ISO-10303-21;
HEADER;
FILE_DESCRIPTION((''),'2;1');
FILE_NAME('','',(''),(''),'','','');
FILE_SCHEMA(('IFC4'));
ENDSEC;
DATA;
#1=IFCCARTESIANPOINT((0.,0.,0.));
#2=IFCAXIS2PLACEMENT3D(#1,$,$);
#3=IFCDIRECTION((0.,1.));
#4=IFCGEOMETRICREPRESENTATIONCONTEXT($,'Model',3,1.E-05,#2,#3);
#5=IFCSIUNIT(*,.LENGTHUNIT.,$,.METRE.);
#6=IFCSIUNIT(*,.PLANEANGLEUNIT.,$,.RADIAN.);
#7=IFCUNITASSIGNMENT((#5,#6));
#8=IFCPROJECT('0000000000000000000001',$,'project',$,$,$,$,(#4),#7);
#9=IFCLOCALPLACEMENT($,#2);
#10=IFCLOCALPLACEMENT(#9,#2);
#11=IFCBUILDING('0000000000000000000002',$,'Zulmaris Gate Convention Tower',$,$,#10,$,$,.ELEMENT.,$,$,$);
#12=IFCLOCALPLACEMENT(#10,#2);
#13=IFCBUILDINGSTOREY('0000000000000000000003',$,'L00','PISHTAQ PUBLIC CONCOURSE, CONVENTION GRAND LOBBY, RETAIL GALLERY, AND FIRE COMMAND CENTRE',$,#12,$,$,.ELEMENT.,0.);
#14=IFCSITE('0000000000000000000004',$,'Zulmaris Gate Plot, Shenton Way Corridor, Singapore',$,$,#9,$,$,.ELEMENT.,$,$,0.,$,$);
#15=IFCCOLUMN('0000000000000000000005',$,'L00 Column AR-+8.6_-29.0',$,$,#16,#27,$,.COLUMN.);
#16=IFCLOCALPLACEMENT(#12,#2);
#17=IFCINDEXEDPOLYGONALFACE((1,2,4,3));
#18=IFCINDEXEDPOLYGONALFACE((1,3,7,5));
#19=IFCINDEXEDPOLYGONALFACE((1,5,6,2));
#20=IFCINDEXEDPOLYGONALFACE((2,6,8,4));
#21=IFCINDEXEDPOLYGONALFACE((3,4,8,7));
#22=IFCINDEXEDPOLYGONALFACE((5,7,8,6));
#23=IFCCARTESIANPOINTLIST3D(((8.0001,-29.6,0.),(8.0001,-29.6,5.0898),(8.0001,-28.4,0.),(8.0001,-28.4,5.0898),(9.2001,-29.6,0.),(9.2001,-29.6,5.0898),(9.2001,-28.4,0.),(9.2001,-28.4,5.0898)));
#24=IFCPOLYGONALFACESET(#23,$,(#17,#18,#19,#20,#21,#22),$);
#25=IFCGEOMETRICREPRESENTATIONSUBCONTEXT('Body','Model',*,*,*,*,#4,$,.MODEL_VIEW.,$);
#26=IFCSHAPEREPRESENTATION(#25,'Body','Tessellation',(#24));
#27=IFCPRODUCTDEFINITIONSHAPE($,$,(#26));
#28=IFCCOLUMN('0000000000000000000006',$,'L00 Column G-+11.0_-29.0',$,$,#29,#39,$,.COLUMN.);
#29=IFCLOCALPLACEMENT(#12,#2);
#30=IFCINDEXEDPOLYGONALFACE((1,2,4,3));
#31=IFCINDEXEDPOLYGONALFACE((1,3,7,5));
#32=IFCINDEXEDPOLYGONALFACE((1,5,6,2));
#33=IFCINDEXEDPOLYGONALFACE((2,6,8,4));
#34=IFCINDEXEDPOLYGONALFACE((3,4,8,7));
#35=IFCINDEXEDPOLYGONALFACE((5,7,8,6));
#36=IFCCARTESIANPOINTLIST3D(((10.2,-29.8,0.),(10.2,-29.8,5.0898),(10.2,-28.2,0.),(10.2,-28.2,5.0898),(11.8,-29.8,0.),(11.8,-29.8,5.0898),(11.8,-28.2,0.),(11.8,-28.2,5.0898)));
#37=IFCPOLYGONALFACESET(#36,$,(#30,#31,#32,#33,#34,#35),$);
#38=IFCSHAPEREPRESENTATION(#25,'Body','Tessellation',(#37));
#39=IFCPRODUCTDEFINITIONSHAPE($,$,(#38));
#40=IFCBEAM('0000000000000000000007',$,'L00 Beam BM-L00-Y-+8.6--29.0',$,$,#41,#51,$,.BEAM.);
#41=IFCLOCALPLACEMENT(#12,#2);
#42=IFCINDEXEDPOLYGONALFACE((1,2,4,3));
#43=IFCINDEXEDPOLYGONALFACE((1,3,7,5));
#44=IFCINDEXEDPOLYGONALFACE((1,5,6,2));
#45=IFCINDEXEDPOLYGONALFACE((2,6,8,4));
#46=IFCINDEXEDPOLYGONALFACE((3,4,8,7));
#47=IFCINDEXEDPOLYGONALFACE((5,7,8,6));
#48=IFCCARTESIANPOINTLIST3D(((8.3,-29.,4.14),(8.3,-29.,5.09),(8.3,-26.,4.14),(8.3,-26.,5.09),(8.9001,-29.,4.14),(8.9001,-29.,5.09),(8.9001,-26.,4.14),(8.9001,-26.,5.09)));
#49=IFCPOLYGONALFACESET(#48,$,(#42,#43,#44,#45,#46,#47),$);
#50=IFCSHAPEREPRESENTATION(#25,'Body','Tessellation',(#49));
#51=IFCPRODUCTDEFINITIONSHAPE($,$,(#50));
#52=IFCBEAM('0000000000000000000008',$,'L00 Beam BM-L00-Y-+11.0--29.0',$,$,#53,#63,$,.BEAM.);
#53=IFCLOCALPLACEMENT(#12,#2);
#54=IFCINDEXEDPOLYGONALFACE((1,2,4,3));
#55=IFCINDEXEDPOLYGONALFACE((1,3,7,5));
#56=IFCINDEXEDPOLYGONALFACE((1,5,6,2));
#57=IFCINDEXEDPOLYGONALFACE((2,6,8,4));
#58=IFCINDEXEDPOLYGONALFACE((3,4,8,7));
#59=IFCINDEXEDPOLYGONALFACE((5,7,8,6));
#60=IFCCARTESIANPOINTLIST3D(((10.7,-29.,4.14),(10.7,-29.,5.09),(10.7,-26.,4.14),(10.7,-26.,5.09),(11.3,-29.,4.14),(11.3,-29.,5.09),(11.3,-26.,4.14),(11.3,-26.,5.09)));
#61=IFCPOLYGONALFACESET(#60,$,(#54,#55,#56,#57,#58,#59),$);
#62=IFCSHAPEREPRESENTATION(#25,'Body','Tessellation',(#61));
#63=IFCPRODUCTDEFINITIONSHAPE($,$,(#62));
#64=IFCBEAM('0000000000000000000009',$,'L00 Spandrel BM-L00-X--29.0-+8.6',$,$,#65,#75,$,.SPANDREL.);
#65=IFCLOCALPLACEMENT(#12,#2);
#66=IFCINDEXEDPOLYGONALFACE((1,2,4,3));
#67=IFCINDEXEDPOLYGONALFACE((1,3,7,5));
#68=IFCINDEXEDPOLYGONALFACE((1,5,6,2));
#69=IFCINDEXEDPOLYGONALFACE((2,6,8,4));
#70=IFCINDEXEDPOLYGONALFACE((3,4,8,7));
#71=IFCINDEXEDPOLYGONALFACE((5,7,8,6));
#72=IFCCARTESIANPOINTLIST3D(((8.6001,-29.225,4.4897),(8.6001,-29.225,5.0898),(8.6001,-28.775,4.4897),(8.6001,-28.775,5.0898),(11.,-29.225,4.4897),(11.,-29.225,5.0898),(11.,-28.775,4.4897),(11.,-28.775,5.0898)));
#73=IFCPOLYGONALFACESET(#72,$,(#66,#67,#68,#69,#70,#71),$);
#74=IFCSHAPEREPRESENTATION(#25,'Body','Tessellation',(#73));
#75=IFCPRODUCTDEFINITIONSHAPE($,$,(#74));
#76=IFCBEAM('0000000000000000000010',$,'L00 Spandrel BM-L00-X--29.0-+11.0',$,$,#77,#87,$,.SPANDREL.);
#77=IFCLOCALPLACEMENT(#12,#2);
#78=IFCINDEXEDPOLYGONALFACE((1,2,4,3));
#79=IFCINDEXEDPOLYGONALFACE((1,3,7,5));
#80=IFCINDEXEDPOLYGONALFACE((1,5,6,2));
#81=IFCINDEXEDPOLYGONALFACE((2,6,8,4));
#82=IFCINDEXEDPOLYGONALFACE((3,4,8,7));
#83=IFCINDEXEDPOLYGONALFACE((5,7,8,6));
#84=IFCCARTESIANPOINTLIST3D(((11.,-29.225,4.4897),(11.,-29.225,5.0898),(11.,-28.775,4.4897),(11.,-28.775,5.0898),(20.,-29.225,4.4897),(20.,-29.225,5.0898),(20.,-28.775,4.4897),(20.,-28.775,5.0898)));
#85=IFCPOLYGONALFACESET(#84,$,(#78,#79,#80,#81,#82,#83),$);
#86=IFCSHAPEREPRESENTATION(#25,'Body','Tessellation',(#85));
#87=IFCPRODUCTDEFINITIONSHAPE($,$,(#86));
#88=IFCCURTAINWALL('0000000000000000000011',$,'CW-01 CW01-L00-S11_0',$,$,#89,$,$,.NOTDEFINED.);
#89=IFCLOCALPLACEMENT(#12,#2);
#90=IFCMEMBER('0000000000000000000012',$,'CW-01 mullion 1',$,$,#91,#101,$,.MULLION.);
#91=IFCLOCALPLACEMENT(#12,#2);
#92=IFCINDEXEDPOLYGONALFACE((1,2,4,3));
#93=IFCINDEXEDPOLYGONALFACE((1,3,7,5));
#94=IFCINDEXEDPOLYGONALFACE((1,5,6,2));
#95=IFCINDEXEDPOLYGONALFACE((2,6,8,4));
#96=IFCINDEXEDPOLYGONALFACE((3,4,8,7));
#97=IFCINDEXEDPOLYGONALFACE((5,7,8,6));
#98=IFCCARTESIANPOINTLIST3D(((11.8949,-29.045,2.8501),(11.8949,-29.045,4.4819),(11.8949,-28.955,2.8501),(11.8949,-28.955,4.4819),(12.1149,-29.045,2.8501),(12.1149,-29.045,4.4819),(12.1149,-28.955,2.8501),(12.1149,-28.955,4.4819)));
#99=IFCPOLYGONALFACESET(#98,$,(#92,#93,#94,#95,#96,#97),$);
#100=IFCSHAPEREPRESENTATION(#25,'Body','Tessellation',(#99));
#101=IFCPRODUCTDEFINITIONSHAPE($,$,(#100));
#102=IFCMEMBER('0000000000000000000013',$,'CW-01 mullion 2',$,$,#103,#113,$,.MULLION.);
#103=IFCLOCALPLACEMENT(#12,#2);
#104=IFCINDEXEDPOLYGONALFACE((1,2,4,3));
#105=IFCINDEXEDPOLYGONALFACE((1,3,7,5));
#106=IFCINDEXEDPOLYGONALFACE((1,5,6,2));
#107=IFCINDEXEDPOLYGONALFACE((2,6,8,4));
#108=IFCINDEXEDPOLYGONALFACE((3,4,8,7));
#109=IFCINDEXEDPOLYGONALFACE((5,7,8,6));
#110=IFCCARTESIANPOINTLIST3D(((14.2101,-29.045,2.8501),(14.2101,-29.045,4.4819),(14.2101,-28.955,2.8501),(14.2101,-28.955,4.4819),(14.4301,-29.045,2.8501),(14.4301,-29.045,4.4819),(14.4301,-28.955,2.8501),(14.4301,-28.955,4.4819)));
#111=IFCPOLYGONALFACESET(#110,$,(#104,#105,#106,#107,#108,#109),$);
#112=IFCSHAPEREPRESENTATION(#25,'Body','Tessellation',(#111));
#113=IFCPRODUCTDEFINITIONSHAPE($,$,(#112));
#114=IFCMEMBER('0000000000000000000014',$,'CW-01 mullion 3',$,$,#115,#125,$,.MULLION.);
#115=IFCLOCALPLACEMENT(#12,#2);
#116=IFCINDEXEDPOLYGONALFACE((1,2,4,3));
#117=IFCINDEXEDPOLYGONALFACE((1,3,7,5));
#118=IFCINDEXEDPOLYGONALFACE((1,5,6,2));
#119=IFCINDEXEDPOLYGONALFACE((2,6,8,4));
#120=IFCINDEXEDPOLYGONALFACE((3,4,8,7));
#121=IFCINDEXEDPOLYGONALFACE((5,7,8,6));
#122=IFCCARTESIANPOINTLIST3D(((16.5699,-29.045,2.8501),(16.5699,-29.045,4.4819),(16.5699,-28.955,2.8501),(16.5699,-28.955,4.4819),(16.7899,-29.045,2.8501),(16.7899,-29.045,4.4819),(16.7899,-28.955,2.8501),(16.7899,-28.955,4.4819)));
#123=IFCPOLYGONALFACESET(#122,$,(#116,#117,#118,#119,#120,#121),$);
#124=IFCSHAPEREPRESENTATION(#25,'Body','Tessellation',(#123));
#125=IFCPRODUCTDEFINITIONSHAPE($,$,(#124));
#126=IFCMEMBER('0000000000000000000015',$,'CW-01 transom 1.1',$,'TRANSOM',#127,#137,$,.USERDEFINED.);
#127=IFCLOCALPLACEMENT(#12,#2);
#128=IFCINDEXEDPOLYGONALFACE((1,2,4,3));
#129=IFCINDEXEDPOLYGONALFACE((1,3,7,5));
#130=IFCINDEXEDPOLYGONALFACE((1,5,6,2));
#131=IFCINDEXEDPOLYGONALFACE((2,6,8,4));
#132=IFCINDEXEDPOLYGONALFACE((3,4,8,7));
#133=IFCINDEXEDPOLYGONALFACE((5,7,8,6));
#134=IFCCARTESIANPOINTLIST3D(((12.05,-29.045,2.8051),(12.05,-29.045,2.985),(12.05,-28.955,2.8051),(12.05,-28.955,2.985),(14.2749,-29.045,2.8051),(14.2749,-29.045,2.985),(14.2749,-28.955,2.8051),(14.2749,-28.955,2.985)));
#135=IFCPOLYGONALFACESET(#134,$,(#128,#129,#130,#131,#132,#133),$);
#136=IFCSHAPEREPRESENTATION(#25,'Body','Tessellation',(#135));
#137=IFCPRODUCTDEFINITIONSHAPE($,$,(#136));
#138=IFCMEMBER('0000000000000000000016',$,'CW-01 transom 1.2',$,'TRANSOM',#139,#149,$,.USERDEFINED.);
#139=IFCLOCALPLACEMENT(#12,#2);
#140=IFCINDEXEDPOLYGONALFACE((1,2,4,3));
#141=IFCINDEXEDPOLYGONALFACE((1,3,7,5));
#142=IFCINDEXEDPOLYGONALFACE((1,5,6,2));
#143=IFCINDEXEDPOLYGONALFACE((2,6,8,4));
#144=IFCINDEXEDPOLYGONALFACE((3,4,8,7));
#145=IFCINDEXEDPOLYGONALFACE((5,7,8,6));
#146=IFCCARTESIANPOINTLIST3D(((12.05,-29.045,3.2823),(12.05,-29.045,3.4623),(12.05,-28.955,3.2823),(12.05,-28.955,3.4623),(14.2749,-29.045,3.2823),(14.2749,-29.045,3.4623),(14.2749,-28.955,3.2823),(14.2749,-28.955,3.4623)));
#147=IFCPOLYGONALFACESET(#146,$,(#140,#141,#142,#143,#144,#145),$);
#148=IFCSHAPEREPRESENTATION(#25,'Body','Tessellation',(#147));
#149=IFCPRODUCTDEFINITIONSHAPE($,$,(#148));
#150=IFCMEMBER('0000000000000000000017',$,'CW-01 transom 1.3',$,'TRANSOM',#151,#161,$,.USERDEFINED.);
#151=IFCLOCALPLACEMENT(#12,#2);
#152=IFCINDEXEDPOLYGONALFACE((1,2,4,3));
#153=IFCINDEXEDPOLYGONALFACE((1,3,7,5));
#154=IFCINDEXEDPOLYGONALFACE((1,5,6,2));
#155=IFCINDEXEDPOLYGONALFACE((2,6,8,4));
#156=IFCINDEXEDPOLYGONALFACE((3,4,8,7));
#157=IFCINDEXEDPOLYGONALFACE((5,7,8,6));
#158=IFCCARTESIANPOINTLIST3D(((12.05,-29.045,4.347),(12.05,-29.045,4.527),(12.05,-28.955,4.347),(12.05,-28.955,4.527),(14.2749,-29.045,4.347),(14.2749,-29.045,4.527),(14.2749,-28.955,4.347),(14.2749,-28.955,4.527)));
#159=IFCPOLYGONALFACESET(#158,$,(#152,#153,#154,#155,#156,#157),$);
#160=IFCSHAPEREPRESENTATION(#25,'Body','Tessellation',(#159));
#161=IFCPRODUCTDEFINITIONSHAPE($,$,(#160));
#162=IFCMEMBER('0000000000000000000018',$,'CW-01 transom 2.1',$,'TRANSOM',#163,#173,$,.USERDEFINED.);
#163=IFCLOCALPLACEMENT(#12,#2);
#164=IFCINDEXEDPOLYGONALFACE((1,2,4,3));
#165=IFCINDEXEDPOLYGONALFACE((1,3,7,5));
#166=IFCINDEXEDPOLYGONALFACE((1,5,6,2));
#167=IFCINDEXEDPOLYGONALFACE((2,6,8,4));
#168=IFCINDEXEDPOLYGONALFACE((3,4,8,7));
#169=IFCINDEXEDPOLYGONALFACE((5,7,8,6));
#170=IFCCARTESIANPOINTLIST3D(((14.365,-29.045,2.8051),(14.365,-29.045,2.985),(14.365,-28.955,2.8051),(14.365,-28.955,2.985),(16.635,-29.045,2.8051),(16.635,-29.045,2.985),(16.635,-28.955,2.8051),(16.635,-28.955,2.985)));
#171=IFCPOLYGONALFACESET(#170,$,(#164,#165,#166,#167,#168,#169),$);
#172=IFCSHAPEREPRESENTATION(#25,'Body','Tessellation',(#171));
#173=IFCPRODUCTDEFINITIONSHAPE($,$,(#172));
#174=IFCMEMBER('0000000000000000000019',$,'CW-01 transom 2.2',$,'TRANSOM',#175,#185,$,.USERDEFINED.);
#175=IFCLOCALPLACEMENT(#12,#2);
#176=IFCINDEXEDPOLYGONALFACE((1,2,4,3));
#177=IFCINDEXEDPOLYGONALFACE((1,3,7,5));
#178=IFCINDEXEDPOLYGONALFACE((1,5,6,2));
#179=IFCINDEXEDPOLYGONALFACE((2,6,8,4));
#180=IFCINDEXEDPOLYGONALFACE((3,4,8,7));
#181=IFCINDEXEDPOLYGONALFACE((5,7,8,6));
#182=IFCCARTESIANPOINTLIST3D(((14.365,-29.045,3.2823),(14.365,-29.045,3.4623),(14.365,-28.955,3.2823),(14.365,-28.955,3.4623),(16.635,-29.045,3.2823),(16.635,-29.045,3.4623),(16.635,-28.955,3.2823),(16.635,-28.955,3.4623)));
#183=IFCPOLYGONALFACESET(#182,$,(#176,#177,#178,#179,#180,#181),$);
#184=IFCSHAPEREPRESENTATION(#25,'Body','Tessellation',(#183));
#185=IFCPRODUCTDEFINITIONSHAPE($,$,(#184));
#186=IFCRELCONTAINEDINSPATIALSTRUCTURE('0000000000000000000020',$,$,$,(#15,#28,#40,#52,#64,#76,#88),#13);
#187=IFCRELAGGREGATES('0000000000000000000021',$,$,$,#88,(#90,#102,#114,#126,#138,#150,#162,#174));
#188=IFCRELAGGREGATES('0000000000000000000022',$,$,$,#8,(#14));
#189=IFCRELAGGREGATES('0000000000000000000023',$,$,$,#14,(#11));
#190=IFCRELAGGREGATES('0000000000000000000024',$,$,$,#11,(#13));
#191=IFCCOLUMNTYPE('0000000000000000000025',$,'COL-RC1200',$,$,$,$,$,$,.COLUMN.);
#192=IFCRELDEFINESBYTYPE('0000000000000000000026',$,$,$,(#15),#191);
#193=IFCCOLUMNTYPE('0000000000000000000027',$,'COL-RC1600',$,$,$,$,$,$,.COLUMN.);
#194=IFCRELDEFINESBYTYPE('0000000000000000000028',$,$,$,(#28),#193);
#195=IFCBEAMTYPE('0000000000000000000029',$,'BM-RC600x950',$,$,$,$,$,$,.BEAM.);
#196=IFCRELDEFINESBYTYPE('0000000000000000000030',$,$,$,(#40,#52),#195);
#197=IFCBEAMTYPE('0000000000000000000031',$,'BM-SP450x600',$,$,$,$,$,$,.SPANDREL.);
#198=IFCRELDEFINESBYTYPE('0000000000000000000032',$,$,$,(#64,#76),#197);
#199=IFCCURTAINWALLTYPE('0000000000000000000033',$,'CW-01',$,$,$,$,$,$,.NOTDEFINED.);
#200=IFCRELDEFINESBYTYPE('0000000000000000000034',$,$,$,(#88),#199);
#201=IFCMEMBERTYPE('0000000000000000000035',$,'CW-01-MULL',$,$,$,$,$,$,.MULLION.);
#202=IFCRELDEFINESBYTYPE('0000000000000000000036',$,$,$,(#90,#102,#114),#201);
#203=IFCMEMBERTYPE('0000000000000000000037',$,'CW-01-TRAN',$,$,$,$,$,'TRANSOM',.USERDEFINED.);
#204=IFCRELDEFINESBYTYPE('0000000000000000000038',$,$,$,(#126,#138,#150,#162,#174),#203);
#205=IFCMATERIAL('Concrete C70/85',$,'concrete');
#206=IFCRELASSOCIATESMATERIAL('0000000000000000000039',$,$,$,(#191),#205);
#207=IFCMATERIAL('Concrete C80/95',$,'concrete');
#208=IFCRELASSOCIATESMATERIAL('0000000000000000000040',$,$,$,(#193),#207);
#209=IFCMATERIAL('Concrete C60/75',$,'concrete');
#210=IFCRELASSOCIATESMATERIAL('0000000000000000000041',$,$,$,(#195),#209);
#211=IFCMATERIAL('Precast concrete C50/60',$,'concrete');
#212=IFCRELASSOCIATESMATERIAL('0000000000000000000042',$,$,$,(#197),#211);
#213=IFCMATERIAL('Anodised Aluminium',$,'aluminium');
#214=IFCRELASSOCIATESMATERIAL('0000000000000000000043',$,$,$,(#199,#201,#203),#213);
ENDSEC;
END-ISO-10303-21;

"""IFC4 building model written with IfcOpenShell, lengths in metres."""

from ifc_helpers import new_model, si_unit, direction, frame, origin, origin_2d, place, context, subcontext, project, spatial, rectangle, extrude, material, material_profile, profile_set, type_object, element, aggregate, save


model = new_model("IFC4")

# Units and contexts
model_context = context("Model", 3, precision=1e-05, world=origin(), true_north=direction((0.0, 1.0)))
body_context = subcontext(model_context, "Body", "Model", "MODEL_VIEW")
ifc_project = project(units=[si_unit("LENGTHUNIT", "METRE"), si_unit("PLANEANGLEUNIT", "RADIAN")], contexts=[model_context])

# Site, building, storey
site_placement = place(None, origin())
site = spatial("IfcSite", under=ifc_project, at=site_placement, Name="Zulmaris Gate Plot, Shenton Way Corridor, Singapore", CompositionType="ELEMENT", RefElevation=0.0)
building_placement = place(site_placement, origin())
building = spatial("IfcBuilding", under=site, at=building_placement, Name="Zulmaris Gate Convention Tower", CompositionType="ELEMENT")
storey_placement = place(building_placement, origin())
storey = spatial("IfcBuildingStorey", under=building, at=storey_placement, Name="L00", Description="PISHTAQ PUBLIC CONCOURSE, CONVENTION GRAND LOBBY, RETAIL GALLERY, AND FIRE COMMAND CENTRE", CompositionType="ELEMENT", Elevation=0.0)

# Columns
ifc_material_1 = material(Name="Concrete C70/85", Category="concrete")
ifc_material_profile_1 = material_profile(ifc_material_1, rectangle(XDim=1.2, YDim=1.2, at=origin_2d()), Name="RC COL 1200x1200")
ifc_profile_set_1 = profile_set([ifc_material_profile_1], Name="Concrete C70/85")
column_type_1 = type_object("IfcColumnType", Name="COL-RC1200", PredefinedType="COLUMN", material=ifc_profile_set_1)
column_1_placement = place(storey_placement, frame((8.6001, -29.0, 0.0), z_axis=(0.0, 0.0, 1.0), x_axis=(1.0, 0.0, 0.0)))
element("IfcColumn", 1, at=column_1_placement, inside=storey, type_object=column_type_1, Name="L00 Column AR-+8.6_-29.0", PredefinedType="COLUMN", context=body_context, shape_type="SweptSolid", body=[
    extrude(rectangle(XDim=1.2, YDim=1.2, at=origin_2d()), origin(), (0.0, 0.0, 1.0), 5.0898),
])
ifc_material_2 = material(Name="Concrete C80/95", Category="concrete")
ifc_material_profile_2 = material_profile(ifc_material_2, rectangle(XDim=1.6001, YDim=1.6001, at=origin_2d()), Name="RC COL 1600x1600")
ifc_profile_set_2 = profile_set([ifc_material_profile_2], Name="Concrete C80/95")
column_type_2 = type_object("IfcColumnType", Name="COL-RC1600", PredefinedType="COLUMN", material=ifc_profile_set_2)
column_2_placement = place(storey_placement, frame((11.0, -29.0, 0.0), z_axis=(0.0, 0.0, 1.0), x_axis=(1.0, 0.0, 0.0)))
element("IfcColumn", 2, at=column_2_placement, inside=storey, type_object=column_type_2, Name="L00 Column G-+11.0_-29.0", PredefinedType="COLUMN", context=body_context, shape_type="SweptSolid", body=[
    extrude(rectangle(XDim=1.6001, YDim=1.6001, at=origin_2d()), origin(), (0.0, 0.0, 1.0), 5.0898),
])

# Beams
ifc_material_3 = material(Name="Concrete C60/75", Category="concrete")
ifc_material_profile_3 = material_profile(ifc_material_3, rectangle(XDim=0.6001, YDim=0.95, at=origin_2d()), Name="RC BEAM 600x950")
ifc_profile_set_3 = profile_set([ifc_material_profile_3], Name="Concrete C60/75")
beam_type_1 = type_object("IfcBeamType", Name="BM-RC600x950", PredefinedType="BEAM", material=ifc_profile_set_3)
for number, where, z_axis, x_axis, name in (
    (3, (8.6001, -29.0, 4.615), (0.0, 1.0, 0.0), (-1.0, 0.0, 0.0), "L00 Beam BM-L00-Y-+8.6--29.0"),
    (4, (11.0, -29.0, 4.615), (0.0, 1.0, 0.0), (-1.0, 0.0, 0.0), "L00 Beam BM-L00-Y-+11.0--29.0"),
):
    element("IfcBeam", number, at=place(storey_placement, frame(where, z_axis=z_axis, x_axis=x_axis)), inside=storey, type_object=beam_type_1, Name=name, PredefinedType="BEAM", context=body_context, shape_type="SweptSolid", body=[
        extrude(rectangle(XDim=0.6001, YDim=0.95, at=origin_2d()), origin(), (0.0, 0.0, 1.0), 3.0),
    ])
ifc_material_4 = material(Name="Precast concrete C50/60", Category="concrete")
ifc_material_profile_4 = material_profile(ifc_material_4, rectangle(XDim=0.45, YDim=0.6001, at=origin_2d()), Name="RC SPANDREL 450x600")
ifc_profile_set_4 = profile_set([ifc_material_profile_4], Name="Precast concrete C50/60")
beam_type_2 = type_object("IfcBeamType", Name="BM-SP450x600", PredefinedType="SPANDREL", material=ifc_profile_set_4)
beam_1_placement = place(storey_placement, frame((8.6001, -29.0, 4.7898), z_axis=(1.0, 0.0, 0.0), x_axis=(0.0, 1.0, 0.0)))
element("IfcBeam", 5, at=beam_1_placement, inside=storey, type_object=beam_type_2, Name="L00 Spandrel BM-L00-X--29.0-+8.6", PredefinedType="SPANDREL", context=body_context, shape_type="SweptSolid", body=[
    extrude(rectangle(XDim=0.45, YDim=0.6001, at=origin_2d()), origin(), (0.0, 0.0, 1.0), 2.3999),
])
beam_2_placement = place(storey_placement, frame((11.0, -29.0, 4.7898), z_axis=(1.0, 0.0, 0.0), x_axis=(0.0, 1.0, 0.0)))
element("IfcBeam", 6, at=beam_2_placement, inside=storey, type_object=beam_type_2, Name="L00 Spandrel BM-L00-X--29.0-+11.0", PredefinedType="SPANDREL", context=body_context, shape_type="SweptSolid", body=[
    extrude(rectangle(XDim=0.45, YDim=0.6001, at=origin_2d()), origin(), (0.0, 0.0, 1.0), 9.0),
])

# Curtain wall, members
ifc_material_5 = material(Name="Anodised Aluminium", Category="aluminium")
curtain_wall_type = type_object("IfcCurtainWallType", Name="CW-01", PredefinedType="NOTDEFINED", material=ifc_material_5)
curtain_wall_placement = place(storey_placement, origin())
curtain_wall = element("IfcCurtainWall", 7, at=curtain_wall_placement, inside=storey, type_object=curtain_wall_type, Name="CW-01 CW01-L00-S11_0", PredefinedType="NOTDEFINED")
ifc_material_profile_5 = material_profile(ifc_material_5, rectangle(XDim=0.0901, YDim=0.22, at=origin_2d()), Name="ALU MULLION 90x220")
ifc_profile_set_5 = profile_set([ifc_material_profile_5], Name="Anodised Aluminium")
member_type_1 = type_object("IfcMemberType", Name="CW-01-MULL", PredefinedType="MULLION", material=ifc_profile_set_5)
member_1_placement = place(storey_placement, frame((12.0049, -29.0, 2.8501), z_axis=(0.0, 0.0, 1.0), x_axis=(0.0, 1.0, 0.0)))
member_1 = element("IfcMember", 8, at=member_1_placement, type_object=member_type_1, Name="CW-01 mullion 1", PredefinedType="MULLION", context=body_context, shape_type="SweptSolid", body=[
    extrude(rectangle(XDim=0.0901, YDim=0.22, at=origin_2d()), origin(), (0.0, 0.0, 1.0), 1.6318),
])
member_2_placement = place(storey_placement, frame((14.3201, -29.0, 2.8501), z_axis=(0.0, 0.0, 1.0), x_axis=(0.0, 1.0, 0.0)))
member_2 = element("IfcMember", 9, at=member_2_placement, type_object=member_type_1, Name="CW-01 mullion 2", PredefinedType="MULLION", context=body_context, shape_type="SweptSolid", body=[
    extrude(rectangle(XDim=0.0901, YDim=0.22, at=origin_2d()), origin(), (0.0, 0.0, 1.0), 1.6318),
])
member_3_placement = place(storey_placement, frame((16.6799, -29.0, 2.8501), z_axis=(0.0, 0.0, 1.0), x_axis=(0.0, 1.0, 0.0)))
member_3 = element("IfcMember", 10, at=member_3_placement, type_object=member_type_1, Name="CW-01 mullion 3", PredefinedType="MULLION", context=body_context, shape_type="SweptSolid", body=[
    extrude(rectangle(XDim=0.0901, YDim=0.22, at=origin_2d()), origin(), (0.0, 0.0, 1.0), 1.6318),
])
ifc_material_profile_6 = material_profile(ifc_material_5, rectangle(XDim=0.0901, YDim=0.1799, at=origin_2d()), Name="ALU TRANSOM 90x180")
ifc_profile_set_6 = profile_set([ifc_material_profile_6], Name="Anodised Aluminium")
member_type_2 = type_object("IfcMemberType", Name="CW-01-TRAN", ElementType="TRANSOM", PredefinedType="USERDEFINED", material=ifc_profile_set_6)
member_4_placement = place(storey_placement, frame((12.05, -29.0, 2.895), z_axis=(1.0, 0.0, 0.0), x_axis=(0.0, 1.0, 0.0)))
member_4 = element("IfcMember", 11, at=member_4_placement, type_object=member_type_2, Name="CW-01 transom 1.1", ObjectType="TRANSOM", PredefinedType="USERDEFINED", context=body_context, shape_type="SweptSolid", body=[
    extrude(rectangle(XDim=0.0901, YDim=0.1799, at=origin_2d()), origin(), (0.0, 0.0, 1.0), 2.2249),
])
member_5_placement = place(storey_placement, frame((12.05, -29.0, 3.3723), z_axis=(1.0, 0.0, 0.0), x_axis=(0.0, 1.0, 0.0)))
member_5 = element("IfcMember", 12, at=member_5_placement, type_object=member_type_2, Name="CW-01 transom 1.2", ObjectType="TRANSOM", PredefinedType="USERDEFINED", context=body_context, shape_type="SweptSolid", body=[
    extrude(rectangle(XDim=0.0901, YDim=0.1799, at=origin_2d()), origin(), (0.0, 0.0, 1.0), 2.2249),
])
member_6_placement = place(storey_placement, frame((12.05, -29.0, 4.437), z_axis=(1.0, 0.0, 0.0), x_axis=(0.0, 1.0, 0.0)))
member_6 = element("IfcMember", 13, at=member_6_placement, type_object=member_type_2, Name="CW-01 transom 1.3", ObjectType="TRANSOM", PredefinedType="USERDEFINED", context=body_context, shape_type="SweptSolid", body=[
    extrude(rectangle(XDim=0.0901, YDim=0.1799, at=origin_2d()), origin(), (0.0, 0.0, 1.0), 2.2249),
])
member_7_placement = place(storey_placement, frame((14.365, -29.0, 2.895), z_axis=(1.0, 0.0, 0.0), x_axis=(0.0, 1.0, 0.0)))
member_7 = element("IfcMember", 14, at=member_7_placement, type_object=member_type_2, Name="CW-01 transom 2.1", ObjectType="TRANSOM", PredefinedType="USERDEFINED", context=body_context, shape_type="SweptSolid", body=[
    extrude(rectangle(XDim=0.0901, YDim=0.1799, at=origin_2d()), origin(), (0.0, 0.0, 1.0), 2.27),
])
member_8_placement = place(storey_placement, frame((14.365, -29.0, 3.3723), z_axis=(1.0, 0.0, 0.0), x_axis=(0.0, 1.0, 0.0)))
member_8 = element("IfcMember", 15, at=member_8_placement, type_object=member_type_2, Name="CW-01 transom 2.2", ObjectType="TRANSOM", PredefinedType="USERDEFINED", context=body_context, shape_type="SweptSolid", body=[
    extrude(rectangle(XDim=0.0901, YDim=0.1799, at=origin_2d()), origin(), (0.0, 0.0, 1.0), 2.27),
])
aggregate(curtain_wall, [member_1, member_2, member_3, member_4, member_5, member_6, member_7, member_8])

save(model, "model.ifc")
